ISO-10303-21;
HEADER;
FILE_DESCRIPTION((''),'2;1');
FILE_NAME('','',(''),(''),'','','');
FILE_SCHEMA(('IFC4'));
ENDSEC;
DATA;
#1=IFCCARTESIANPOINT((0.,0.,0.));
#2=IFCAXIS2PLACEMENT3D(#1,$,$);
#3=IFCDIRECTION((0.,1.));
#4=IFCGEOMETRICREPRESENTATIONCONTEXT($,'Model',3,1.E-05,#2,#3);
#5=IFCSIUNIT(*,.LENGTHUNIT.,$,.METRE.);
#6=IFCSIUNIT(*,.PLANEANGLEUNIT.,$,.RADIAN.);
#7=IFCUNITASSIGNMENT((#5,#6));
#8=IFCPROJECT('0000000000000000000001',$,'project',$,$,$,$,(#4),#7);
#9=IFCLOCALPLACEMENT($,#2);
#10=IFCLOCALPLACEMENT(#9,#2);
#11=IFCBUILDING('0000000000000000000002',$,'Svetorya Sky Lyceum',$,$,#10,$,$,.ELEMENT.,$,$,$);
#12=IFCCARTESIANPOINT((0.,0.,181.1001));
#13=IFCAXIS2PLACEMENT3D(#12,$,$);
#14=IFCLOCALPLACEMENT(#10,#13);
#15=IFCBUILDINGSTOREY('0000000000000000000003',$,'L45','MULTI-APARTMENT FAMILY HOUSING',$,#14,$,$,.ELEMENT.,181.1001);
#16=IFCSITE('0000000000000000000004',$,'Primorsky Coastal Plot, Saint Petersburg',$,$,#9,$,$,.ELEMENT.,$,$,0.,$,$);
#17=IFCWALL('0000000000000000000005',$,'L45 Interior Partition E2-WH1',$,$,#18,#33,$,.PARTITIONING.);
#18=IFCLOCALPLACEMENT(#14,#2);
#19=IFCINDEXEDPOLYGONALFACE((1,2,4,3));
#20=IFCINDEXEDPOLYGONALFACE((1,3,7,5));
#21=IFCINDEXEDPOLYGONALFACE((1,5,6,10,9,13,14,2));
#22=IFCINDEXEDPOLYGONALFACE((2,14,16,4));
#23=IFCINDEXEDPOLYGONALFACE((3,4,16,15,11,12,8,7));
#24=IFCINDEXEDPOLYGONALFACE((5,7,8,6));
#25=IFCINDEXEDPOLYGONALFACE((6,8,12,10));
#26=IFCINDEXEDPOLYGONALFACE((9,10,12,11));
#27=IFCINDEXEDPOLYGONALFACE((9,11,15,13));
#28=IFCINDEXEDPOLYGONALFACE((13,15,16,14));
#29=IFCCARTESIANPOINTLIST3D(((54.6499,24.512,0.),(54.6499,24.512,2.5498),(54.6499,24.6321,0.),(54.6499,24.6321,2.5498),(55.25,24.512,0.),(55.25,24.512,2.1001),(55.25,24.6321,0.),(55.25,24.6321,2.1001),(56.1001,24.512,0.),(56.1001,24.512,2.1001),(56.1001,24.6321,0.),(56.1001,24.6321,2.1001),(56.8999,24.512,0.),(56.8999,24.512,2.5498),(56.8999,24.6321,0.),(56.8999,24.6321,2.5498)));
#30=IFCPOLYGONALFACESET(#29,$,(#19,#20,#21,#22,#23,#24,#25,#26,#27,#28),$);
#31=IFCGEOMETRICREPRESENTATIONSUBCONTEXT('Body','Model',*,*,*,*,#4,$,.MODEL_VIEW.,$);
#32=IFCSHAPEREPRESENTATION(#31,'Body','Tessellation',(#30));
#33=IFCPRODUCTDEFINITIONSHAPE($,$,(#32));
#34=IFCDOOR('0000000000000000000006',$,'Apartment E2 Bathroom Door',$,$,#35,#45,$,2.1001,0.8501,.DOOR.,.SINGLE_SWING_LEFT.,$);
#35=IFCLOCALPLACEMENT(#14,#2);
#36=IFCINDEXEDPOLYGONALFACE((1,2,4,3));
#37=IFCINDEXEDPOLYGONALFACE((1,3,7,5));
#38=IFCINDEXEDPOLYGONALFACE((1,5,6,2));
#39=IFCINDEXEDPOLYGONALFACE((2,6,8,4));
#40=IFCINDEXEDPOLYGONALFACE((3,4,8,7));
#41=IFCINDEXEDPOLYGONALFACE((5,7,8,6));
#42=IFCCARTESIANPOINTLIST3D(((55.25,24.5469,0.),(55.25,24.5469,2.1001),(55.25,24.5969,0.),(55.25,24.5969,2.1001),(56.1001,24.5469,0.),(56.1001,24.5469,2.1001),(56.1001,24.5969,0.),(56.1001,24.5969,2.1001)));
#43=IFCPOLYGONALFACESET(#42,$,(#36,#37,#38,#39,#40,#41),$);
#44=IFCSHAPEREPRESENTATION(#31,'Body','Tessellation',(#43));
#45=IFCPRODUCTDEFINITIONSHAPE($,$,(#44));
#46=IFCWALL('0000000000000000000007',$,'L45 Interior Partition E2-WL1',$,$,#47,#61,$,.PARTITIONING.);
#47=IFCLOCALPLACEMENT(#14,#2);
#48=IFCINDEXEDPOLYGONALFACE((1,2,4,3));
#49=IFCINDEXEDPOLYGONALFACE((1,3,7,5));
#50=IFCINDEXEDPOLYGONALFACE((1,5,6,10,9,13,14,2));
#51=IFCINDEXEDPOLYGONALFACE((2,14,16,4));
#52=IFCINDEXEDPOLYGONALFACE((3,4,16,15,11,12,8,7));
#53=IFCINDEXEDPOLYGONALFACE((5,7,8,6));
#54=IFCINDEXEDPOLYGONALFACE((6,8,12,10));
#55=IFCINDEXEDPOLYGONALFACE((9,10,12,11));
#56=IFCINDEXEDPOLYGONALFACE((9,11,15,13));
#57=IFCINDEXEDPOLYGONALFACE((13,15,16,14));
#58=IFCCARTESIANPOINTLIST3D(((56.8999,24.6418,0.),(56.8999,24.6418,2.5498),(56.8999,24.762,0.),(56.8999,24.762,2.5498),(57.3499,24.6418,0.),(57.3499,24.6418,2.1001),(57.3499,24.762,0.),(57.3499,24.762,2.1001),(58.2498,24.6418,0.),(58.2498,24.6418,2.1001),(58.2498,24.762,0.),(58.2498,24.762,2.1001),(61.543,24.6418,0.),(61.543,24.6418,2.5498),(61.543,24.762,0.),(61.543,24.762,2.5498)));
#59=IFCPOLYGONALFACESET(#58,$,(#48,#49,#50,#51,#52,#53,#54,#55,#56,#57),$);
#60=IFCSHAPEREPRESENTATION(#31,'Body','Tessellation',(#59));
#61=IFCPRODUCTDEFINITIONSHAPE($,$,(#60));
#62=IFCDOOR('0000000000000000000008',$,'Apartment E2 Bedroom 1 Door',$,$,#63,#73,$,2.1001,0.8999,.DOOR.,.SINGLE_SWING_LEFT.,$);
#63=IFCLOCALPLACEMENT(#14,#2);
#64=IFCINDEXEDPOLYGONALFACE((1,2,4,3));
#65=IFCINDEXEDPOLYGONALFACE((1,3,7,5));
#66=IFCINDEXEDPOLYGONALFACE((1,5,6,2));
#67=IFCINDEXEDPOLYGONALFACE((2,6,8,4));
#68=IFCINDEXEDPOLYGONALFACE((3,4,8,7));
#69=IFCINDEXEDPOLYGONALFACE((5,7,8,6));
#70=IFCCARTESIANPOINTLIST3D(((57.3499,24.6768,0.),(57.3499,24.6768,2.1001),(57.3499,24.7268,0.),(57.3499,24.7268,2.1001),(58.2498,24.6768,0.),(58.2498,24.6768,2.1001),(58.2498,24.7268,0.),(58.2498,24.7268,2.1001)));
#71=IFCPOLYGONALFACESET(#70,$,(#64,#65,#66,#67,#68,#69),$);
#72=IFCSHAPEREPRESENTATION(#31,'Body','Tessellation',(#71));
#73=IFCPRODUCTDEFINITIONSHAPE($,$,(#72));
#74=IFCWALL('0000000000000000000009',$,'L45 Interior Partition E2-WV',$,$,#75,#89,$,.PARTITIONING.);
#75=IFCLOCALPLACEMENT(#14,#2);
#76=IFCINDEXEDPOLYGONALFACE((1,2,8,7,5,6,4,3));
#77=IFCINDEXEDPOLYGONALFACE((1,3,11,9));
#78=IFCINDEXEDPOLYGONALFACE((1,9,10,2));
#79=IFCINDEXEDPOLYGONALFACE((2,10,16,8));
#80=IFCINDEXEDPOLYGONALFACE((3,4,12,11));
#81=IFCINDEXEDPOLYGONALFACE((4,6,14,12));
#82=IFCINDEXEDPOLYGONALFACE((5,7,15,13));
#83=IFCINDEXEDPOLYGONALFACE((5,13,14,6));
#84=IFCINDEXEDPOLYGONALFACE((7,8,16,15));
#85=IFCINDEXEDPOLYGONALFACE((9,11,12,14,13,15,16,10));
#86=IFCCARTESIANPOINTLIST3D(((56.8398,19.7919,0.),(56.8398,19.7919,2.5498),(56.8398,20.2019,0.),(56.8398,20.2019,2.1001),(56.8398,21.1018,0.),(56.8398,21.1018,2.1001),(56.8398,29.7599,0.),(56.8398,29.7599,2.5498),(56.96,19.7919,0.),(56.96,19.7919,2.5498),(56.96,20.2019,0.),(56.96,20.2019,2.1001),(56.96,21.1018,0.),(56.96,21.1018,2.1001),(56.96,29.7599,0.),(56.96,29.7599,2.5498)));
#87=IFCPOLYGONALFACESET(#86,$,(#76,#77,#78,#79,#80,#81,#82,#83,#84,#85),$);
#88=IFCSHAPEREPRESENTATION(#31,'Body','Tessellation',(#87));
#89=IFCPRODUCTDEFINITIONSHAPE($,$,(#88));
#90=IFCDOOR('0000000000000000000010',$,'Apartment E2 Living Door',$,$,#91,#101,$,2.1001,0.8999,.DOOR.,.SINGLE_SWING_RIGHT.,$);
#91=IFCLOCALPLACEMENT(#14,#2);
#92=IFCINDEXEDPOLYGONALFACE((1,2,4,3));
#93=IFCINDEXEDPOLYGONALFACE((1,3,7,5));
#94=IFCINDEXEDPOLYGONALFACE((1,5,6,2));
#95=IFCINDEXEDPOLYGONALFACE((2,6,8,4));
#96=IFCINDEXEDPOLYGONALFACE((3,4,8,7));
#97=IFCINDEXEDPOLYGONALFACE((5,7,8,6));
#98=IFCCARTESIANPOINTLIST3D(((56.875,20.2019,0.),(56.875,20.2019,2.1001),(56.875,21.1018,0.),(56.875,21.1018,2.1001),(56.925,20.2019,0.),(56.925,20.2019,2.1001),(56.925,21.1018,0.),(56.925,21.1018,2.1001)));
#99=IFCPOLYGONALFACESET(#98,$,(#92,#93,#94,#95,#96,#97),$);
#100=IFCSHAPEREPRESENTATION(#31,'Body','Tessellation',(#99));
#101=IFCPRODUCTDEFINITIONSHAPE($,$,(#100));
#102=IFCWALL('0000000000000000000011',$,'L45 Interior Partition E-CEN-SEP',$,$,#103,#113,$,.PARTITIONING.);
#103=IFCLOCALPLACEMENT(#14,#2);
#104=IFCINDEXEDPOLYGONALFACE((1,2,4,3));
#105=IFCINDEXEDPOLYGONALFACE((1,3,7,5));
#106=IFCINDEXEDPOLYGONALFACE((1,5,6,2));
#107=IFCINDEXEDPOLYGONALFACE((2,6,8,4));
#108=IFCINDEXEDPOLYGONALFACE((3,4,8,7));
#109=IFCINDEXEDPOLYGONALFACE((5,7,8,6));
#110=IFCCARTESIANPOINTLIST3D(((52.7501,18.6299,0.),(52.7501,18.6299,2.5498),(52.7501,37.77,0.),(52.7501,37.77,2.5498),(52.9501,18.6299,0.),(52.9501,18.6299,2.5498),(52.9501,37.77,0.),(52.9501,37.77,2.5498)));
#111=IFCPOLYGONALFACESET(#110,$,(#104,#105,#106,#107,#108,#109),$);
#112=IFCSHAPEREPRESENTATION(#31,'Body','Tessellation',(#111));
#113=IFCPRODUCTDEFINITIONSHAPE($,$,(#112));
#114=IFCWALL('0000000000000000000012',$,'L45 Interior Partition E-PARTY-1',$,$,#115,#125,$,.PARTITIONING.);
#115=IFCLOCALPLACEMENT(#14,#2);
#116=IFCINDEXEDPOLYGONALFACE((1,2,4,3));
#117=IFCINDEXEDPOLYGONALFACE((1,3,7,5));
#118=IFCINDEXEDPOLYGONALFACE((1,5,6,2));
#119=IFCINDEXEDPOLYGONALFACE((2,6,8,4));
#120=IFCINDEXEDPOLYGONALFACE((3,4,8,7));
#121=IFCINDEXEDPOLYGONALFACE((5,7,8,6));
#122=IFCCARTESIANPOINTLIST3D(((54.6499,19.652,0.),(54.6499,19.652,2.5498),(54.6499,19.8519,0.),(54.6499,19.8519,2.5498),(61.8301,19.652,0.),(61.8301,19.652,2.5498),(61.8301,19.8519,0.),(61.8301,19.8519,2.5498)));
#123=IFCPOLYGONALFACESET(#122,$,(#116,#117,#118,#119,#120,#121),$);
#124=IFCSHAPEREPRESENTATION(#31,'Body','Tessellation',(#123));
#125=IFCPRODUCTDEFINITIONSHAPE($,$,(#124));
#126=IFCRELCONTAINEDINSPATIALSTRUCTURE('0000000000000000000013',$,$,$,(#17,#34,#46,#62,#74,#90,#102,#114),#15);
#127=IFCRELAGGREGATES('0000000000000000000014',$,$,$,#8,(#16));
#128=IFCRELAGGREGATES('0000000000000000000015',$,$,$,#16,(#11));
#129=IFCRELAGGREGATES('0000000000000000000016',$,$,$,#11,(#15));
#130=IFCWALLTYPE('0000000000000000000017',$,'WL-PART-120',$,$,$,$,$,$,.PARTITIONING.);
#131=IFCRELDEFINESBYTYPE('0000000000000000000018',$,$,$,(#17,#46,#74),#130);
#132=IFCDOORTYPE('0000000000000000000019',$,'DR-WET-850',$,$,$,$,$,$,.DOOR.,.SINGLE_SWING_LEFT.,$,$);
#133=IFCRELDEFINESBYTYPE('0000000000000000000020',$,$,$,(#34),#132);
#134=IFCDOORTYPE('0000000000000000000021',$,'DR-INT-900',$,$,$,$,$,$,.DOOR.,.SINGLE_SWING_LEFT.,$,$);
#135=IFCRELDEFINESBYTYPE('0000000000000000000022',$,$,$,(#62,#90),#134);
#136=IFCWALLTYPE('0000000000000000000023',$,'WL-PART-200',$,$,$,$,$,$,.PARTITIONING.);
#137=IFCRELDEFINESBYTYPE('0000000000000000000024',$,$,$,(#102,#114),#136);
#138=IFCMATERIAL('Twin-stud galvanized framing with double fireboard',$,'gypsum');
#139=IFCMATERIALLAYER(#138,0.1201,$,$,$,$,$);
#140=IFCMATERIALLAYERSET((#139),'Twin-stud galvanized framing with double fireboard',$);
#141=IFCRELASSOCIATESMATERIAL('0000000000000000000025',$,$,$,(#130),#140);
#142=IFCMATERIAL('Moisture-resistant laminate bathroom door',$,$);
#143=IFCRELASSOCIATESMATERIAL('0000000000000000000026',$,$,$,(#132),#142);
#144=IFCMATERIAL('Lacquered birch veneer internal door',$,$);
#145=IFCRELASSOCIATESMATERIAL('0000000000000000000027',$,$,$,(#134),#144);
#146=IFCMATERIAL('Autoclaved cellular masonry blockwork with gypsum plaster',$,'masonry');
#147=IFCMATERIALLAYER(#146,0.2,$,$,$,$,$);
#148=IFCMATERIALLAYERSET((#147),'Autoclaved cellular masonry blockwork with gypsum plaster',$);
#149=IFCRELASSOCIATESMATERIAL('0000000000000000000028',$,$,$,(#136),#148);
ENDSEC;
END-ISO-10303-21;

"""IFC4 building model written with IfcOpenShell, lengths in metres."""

from ifc_helpers import new_model, si_unit, direction, frame, frame_2d, origin, place, context, subcontext, project, spatial, rectangle, extrude, material, layer, layer_set, type_object, element, fill, save


model = new_model("IFC4")

# Units and contexts
model_context = context("Model", 3, precision=1e-05, world=origin(), true_north=direction((0.0, 1.0)))
body_context = subcontext(model_context, "Body", "Model", "MODEL_VIEW")
ifc_project = project(units=[si_unit("LENGTHUNIT", "METRE"), si_unit("PLANEANGLEUNIT", "RADIAN")], contexts=[model_context])

# Site, building, storey
site_placement = place(None, origin())
site = spatial("IfcSite", under=ifc_project, at=site_placement, Name="Primorsky Coastal Plot, Saint Petersburg", CompositionType="ELEMENT", RefElevation=0.0)
building_placement = place(site_placement, origin())
building = spatial("IfcBuilding", under=site, at=building_placement, Name="Svetorya Sky Lyceum", CompositionType="ELEMENT")
storey_placement = place(building_placement, frame((0.0, 0.0, 181.1001)))
storey = spatial("IfcBuildingStorey", under=building, at=storey_placement, Name="L45", Description="MULTI-APARTMENT FAMILY HOUSING", CompositionType="ELEMENT", Elevation=181.1001)

# Walls, openings, doors
ifc_material_1 = material(Name="Twin-stud galvanized framing with double fireboard", Category="gypsum")
ifc_layer_1 = layer(ifc_material_1, 0.1201)
ifc_layer_set_1 = layer_set([ifc_layer_1], Name="Twin-stud galvanized framing with double fireboard")
wall_type_1 = type_object("IfcWallType", Name="WL-PART-120", PredefinedType="PARTITIONING", material=ifc_layer_set_1)
wall_1_placement = place(storey_placement, frame((54.6499, 24.572, 0.0), z_axis=(0.0, 0.0, 1.0), x_axis=(1.0, 0.0, 0.0)))
wall_1 = element("IfcWall", 1, at=wall_1_placement, inside=storey, type_object=wall_type_1, Name="L45 Interior Partition E2-WH1", PredefinedType="PARTITIONING", context=body_context, shape_type="SweptSolid", body=[
    extrude(rectangle(XDim=2.25, YDim=0.1201, at=frame_2d((1.125, 0.0))), origin(), (0.0, 0.0, 1.0), 2.5498),
])
opening_1_placement = place(wall_1_placement, frame((0.6001, 0.0, 0.0)))
opening_1 = element("IfcOpeningElement", 2, at=opening_1_placement, cuts=wall_1, PredefinedType="OPENING", context=body_context, shape_type="SweptSolid", body=[
    extrude(rectangle(XDim=0.8501, YDim=2.1001, at=frame_2d((0.425, 1.05))), frame((0.0, 0.0701, 0.0), z_axis=(0.0, -1.0, 0.0), x_axis=(1.0, 0.0, 0.0)), (0.0, 0.0, 1.0), 0.1401),
])
ifc_material_2 = material(Name="Moisture-resistant laminate bathroom door")
door_type_1 = type_object("IfcDoorType", Name="DR-WET-850", OperationType="SINGLE_SWING_LEFT", PredefinedType="DOOR", material=ifc_material_2)
door_1_placement = place(opening_1_placement, origin())
door_1 = element("IfcDoor", 3, at=door_1_placement, inside=storey, type_object=door_type_1, Name="Apartment E2 Bathroom Door", OperationType="SINGLE_SWING_LEFT", OverallHeight=2.1001, OverallWidth=0.8501, PredefinedType="DOOR", context=body_context, shape_type="SweptSolid", body=[
    extrude(rectangle(XDim=0.8501, YDim=2.1001, at=frame_2d((0.425, 1.05))), frame((0.0, 0.0249, 0.0), z_axis=(0.0, -1.0, 0.0), x_axis=(1.0, 0.0, 0.0)), (0.0, 0.0, 1.0), 0.05),
])
fill(opening_1, door_1)
wall_2_placement = place(storey_placement, frame((56.8999, 24.7019, 0.0), z_axis=(0.0, 0.0, 1.0), x_axis=(1.0, 0.0, 0.0)))
wall_2 = element("IfcWall", 4, at=wall_2_placement, inside=storey, type_object=wall_type_1, Name="L45 Interior Partition E2-WL1", PredefinedType="PARTITIONING", context=body_context, shape_type="SweptSolid", body=[
    extrude(rectangle(XDim=4.6431, YDim=0.1201, at=frame_2d((2.3215, 0.0))), origin(), (0.0, 0.0, 1.0), 2.5498),
])
opening_2_placement = place(wall_2_placement, frame((0.45, 0.0, 0.0)))
opening_2 = element("IfcOpeningElement", 5, at=opening_2_placement, cuts=wall_2, PredefinedType="OPENING", context=body_context, shape_type="SweptSolid", body=[
    extrude(rectangle(XDim=0.8999, YDim=2.1001, at=frame_2d((0.45, 1.05))), frame((0.0, 0.0701, 0.0), z_axis=(0.0, -1.0, 0.0), x_axis=(1.0, 0.0, 0.0)), (0.0, 0.0, 1.0), 0.1401),
])
ifc_material_3 = material(Name="Lacquered birch veneer internal door")
door_type_2 = type_object("IfcDoorType", Name="DR-INT-900", OperationType="SINGLE_SWING_LEFT", PredefinedType="DOOR", material=ifc_material_3)
door_2_placement = place(opening_2_placement, origin())
door_2 = element("IfcDoor", 6, at=door_2_placement, inside=storey, type_object=door_type_2, Name="Apartment E2 Bedroom 1 Door", OperationType="SINGLE_SWING_LEFT", OverallHeight=2.1001, OverallWidth=0.8999, PredefinedType="DOOR", context=body_context, shape_type="SweptSolid", body=[
    extrude(rectangle(XDim=0.8999, YDim=2.1001, at=frame_2d((0.45, 1.05))), frame((0.0, 0.0249, 0.0), z_axis=(0.0, -1.0, 0.0), x_axis=(1.0, 0.0, 0.0)), (0.0, 0.0, 1.0), 0.05),
])
fill(opening_2, door_2)
wall_3_placement = place(storey_placement, frame((56.8999, 19.792, 0.0), z_axis=(0.0, 0.0, 1.0), x_axis=(0.0, 1.0, 0.0)))
wall_3 = element("IfcWall", 7, at=wall_3_placement, inside=storey, type_object=wall_type_1, Name="L45 Interior Partition E2-WV", PredefinedType="PARTITIONING", context=body_context, shape_type="SweptSolid", body=[
    extrude(rectangle(XDim=9.968, YDim=0.1201, at=frame_2d((4.9839, 0.0))), origin(), (0.0, 0.0, 1.0), 2.5498),
])
opening_3_placement = place(wall_3_placement, frame((0.4099, 0.0, 0.0)))
opening_3 = element("IfcOpeningElement", 8, at=opening_3_placement, cuts=wall_3, PredefinedType="OPENING", context=body_context, shape_type="SweptSolid", body=[
    extrude(rectangle(XDim=0.8999, YDim=2.1001, at=frame_2d((0.45, 1.05))), frame((0.0, 0.0701, 0.0), z_axis=(0.0, -1.0, 0.0), x_axis=(1.0, 0.0, 0.0)), (0.0, 0.0, 1.0), 0.1401),
])
door_3_placement = place(opening_3_placement, origin())
door_3 = element("IfcDoor", 9, at=door_3_placement, inside=storey, type_object=door_type_2, Name="Apartment E2 Living Door", OperationType="SINGLE_SWING_RIGHT", OverallHeight=2.1001, OverallWidth=0.8999, PredefinedType="DOOR", context=body_context, shape_type="SweptSolid", body=[
    extrude(rectangle(XDim=0.8999, YDim=2.1001, at=frame_2d((0.45, 1.05))), frame((0.0, 0.0249, 0.0), z_axis=(0.0, -1.0, 0.0), x_axis=(1.0, 0.0, 0.0)), (0.0, 0.0, 1.0), 0.05),
])
fill(opening_3, door_3)

# Walls
ifc_material_4 = material(Name="Autoclaved cellular masonry blockwork with gypsum plaster", Category="masonry")
ifc_layer_2 = layer(ifc_material_4, 0.2)
ifc_layer_set_2 = layer_set([ifc_layer_2], Name="Autoclaved cellular masonry blockwork with gypsum plaster")
wall_type_2 = type_object("IfcWallType", Name="WL-PART-200", PredefinedType="PARTITIONING", material=ifc_layer_set_2)
wall_4_placement = place(storey_placement, frame((52.8501, 18.6299, 0.0), z_axis=(0.0, 0.0, 1.0), x_axis=(0.0, 1.0, 0.0)))
element("IfcWall", 10, at=wall_4_placement, inside=storey, type_object=wall_type_2, Name="L45 Interior Partition E-CEN-SEP", PredefinedType="PARTITIONING", context=body_context, shape_type="SweptSolid", body=[
    extrude(rectangle(XDim=19.1401, YDim=0.2, at=frame_2d((9.5701, 0.0))), origin(), (0.0, 0.0, 1.0), 2.5498),
])
wall_5_placement = place(storey_placement, frame((54.6499, 19.752, 0.0), z_axis=(0.0, 0.0, 1.0), x_axis=(1.0, 0.0, 0.0)))
element("IfcWall", 11, at=wall_5_placement, inside=storey, type_object=wall_type_2, Name="L45 Interior Partition E-PARTY-1", PredefinedType="PARTITIONING", context=body_context, shape_type="SweptSolid", body=[
    extrude(rectangle(XDim=7.1802, YDim=0.2, at=frame_2d((3.5901, 0.0))), origin(), (0.0, 0.0, 1.0), 2.5498),
])

save(model, "model.ifc")
